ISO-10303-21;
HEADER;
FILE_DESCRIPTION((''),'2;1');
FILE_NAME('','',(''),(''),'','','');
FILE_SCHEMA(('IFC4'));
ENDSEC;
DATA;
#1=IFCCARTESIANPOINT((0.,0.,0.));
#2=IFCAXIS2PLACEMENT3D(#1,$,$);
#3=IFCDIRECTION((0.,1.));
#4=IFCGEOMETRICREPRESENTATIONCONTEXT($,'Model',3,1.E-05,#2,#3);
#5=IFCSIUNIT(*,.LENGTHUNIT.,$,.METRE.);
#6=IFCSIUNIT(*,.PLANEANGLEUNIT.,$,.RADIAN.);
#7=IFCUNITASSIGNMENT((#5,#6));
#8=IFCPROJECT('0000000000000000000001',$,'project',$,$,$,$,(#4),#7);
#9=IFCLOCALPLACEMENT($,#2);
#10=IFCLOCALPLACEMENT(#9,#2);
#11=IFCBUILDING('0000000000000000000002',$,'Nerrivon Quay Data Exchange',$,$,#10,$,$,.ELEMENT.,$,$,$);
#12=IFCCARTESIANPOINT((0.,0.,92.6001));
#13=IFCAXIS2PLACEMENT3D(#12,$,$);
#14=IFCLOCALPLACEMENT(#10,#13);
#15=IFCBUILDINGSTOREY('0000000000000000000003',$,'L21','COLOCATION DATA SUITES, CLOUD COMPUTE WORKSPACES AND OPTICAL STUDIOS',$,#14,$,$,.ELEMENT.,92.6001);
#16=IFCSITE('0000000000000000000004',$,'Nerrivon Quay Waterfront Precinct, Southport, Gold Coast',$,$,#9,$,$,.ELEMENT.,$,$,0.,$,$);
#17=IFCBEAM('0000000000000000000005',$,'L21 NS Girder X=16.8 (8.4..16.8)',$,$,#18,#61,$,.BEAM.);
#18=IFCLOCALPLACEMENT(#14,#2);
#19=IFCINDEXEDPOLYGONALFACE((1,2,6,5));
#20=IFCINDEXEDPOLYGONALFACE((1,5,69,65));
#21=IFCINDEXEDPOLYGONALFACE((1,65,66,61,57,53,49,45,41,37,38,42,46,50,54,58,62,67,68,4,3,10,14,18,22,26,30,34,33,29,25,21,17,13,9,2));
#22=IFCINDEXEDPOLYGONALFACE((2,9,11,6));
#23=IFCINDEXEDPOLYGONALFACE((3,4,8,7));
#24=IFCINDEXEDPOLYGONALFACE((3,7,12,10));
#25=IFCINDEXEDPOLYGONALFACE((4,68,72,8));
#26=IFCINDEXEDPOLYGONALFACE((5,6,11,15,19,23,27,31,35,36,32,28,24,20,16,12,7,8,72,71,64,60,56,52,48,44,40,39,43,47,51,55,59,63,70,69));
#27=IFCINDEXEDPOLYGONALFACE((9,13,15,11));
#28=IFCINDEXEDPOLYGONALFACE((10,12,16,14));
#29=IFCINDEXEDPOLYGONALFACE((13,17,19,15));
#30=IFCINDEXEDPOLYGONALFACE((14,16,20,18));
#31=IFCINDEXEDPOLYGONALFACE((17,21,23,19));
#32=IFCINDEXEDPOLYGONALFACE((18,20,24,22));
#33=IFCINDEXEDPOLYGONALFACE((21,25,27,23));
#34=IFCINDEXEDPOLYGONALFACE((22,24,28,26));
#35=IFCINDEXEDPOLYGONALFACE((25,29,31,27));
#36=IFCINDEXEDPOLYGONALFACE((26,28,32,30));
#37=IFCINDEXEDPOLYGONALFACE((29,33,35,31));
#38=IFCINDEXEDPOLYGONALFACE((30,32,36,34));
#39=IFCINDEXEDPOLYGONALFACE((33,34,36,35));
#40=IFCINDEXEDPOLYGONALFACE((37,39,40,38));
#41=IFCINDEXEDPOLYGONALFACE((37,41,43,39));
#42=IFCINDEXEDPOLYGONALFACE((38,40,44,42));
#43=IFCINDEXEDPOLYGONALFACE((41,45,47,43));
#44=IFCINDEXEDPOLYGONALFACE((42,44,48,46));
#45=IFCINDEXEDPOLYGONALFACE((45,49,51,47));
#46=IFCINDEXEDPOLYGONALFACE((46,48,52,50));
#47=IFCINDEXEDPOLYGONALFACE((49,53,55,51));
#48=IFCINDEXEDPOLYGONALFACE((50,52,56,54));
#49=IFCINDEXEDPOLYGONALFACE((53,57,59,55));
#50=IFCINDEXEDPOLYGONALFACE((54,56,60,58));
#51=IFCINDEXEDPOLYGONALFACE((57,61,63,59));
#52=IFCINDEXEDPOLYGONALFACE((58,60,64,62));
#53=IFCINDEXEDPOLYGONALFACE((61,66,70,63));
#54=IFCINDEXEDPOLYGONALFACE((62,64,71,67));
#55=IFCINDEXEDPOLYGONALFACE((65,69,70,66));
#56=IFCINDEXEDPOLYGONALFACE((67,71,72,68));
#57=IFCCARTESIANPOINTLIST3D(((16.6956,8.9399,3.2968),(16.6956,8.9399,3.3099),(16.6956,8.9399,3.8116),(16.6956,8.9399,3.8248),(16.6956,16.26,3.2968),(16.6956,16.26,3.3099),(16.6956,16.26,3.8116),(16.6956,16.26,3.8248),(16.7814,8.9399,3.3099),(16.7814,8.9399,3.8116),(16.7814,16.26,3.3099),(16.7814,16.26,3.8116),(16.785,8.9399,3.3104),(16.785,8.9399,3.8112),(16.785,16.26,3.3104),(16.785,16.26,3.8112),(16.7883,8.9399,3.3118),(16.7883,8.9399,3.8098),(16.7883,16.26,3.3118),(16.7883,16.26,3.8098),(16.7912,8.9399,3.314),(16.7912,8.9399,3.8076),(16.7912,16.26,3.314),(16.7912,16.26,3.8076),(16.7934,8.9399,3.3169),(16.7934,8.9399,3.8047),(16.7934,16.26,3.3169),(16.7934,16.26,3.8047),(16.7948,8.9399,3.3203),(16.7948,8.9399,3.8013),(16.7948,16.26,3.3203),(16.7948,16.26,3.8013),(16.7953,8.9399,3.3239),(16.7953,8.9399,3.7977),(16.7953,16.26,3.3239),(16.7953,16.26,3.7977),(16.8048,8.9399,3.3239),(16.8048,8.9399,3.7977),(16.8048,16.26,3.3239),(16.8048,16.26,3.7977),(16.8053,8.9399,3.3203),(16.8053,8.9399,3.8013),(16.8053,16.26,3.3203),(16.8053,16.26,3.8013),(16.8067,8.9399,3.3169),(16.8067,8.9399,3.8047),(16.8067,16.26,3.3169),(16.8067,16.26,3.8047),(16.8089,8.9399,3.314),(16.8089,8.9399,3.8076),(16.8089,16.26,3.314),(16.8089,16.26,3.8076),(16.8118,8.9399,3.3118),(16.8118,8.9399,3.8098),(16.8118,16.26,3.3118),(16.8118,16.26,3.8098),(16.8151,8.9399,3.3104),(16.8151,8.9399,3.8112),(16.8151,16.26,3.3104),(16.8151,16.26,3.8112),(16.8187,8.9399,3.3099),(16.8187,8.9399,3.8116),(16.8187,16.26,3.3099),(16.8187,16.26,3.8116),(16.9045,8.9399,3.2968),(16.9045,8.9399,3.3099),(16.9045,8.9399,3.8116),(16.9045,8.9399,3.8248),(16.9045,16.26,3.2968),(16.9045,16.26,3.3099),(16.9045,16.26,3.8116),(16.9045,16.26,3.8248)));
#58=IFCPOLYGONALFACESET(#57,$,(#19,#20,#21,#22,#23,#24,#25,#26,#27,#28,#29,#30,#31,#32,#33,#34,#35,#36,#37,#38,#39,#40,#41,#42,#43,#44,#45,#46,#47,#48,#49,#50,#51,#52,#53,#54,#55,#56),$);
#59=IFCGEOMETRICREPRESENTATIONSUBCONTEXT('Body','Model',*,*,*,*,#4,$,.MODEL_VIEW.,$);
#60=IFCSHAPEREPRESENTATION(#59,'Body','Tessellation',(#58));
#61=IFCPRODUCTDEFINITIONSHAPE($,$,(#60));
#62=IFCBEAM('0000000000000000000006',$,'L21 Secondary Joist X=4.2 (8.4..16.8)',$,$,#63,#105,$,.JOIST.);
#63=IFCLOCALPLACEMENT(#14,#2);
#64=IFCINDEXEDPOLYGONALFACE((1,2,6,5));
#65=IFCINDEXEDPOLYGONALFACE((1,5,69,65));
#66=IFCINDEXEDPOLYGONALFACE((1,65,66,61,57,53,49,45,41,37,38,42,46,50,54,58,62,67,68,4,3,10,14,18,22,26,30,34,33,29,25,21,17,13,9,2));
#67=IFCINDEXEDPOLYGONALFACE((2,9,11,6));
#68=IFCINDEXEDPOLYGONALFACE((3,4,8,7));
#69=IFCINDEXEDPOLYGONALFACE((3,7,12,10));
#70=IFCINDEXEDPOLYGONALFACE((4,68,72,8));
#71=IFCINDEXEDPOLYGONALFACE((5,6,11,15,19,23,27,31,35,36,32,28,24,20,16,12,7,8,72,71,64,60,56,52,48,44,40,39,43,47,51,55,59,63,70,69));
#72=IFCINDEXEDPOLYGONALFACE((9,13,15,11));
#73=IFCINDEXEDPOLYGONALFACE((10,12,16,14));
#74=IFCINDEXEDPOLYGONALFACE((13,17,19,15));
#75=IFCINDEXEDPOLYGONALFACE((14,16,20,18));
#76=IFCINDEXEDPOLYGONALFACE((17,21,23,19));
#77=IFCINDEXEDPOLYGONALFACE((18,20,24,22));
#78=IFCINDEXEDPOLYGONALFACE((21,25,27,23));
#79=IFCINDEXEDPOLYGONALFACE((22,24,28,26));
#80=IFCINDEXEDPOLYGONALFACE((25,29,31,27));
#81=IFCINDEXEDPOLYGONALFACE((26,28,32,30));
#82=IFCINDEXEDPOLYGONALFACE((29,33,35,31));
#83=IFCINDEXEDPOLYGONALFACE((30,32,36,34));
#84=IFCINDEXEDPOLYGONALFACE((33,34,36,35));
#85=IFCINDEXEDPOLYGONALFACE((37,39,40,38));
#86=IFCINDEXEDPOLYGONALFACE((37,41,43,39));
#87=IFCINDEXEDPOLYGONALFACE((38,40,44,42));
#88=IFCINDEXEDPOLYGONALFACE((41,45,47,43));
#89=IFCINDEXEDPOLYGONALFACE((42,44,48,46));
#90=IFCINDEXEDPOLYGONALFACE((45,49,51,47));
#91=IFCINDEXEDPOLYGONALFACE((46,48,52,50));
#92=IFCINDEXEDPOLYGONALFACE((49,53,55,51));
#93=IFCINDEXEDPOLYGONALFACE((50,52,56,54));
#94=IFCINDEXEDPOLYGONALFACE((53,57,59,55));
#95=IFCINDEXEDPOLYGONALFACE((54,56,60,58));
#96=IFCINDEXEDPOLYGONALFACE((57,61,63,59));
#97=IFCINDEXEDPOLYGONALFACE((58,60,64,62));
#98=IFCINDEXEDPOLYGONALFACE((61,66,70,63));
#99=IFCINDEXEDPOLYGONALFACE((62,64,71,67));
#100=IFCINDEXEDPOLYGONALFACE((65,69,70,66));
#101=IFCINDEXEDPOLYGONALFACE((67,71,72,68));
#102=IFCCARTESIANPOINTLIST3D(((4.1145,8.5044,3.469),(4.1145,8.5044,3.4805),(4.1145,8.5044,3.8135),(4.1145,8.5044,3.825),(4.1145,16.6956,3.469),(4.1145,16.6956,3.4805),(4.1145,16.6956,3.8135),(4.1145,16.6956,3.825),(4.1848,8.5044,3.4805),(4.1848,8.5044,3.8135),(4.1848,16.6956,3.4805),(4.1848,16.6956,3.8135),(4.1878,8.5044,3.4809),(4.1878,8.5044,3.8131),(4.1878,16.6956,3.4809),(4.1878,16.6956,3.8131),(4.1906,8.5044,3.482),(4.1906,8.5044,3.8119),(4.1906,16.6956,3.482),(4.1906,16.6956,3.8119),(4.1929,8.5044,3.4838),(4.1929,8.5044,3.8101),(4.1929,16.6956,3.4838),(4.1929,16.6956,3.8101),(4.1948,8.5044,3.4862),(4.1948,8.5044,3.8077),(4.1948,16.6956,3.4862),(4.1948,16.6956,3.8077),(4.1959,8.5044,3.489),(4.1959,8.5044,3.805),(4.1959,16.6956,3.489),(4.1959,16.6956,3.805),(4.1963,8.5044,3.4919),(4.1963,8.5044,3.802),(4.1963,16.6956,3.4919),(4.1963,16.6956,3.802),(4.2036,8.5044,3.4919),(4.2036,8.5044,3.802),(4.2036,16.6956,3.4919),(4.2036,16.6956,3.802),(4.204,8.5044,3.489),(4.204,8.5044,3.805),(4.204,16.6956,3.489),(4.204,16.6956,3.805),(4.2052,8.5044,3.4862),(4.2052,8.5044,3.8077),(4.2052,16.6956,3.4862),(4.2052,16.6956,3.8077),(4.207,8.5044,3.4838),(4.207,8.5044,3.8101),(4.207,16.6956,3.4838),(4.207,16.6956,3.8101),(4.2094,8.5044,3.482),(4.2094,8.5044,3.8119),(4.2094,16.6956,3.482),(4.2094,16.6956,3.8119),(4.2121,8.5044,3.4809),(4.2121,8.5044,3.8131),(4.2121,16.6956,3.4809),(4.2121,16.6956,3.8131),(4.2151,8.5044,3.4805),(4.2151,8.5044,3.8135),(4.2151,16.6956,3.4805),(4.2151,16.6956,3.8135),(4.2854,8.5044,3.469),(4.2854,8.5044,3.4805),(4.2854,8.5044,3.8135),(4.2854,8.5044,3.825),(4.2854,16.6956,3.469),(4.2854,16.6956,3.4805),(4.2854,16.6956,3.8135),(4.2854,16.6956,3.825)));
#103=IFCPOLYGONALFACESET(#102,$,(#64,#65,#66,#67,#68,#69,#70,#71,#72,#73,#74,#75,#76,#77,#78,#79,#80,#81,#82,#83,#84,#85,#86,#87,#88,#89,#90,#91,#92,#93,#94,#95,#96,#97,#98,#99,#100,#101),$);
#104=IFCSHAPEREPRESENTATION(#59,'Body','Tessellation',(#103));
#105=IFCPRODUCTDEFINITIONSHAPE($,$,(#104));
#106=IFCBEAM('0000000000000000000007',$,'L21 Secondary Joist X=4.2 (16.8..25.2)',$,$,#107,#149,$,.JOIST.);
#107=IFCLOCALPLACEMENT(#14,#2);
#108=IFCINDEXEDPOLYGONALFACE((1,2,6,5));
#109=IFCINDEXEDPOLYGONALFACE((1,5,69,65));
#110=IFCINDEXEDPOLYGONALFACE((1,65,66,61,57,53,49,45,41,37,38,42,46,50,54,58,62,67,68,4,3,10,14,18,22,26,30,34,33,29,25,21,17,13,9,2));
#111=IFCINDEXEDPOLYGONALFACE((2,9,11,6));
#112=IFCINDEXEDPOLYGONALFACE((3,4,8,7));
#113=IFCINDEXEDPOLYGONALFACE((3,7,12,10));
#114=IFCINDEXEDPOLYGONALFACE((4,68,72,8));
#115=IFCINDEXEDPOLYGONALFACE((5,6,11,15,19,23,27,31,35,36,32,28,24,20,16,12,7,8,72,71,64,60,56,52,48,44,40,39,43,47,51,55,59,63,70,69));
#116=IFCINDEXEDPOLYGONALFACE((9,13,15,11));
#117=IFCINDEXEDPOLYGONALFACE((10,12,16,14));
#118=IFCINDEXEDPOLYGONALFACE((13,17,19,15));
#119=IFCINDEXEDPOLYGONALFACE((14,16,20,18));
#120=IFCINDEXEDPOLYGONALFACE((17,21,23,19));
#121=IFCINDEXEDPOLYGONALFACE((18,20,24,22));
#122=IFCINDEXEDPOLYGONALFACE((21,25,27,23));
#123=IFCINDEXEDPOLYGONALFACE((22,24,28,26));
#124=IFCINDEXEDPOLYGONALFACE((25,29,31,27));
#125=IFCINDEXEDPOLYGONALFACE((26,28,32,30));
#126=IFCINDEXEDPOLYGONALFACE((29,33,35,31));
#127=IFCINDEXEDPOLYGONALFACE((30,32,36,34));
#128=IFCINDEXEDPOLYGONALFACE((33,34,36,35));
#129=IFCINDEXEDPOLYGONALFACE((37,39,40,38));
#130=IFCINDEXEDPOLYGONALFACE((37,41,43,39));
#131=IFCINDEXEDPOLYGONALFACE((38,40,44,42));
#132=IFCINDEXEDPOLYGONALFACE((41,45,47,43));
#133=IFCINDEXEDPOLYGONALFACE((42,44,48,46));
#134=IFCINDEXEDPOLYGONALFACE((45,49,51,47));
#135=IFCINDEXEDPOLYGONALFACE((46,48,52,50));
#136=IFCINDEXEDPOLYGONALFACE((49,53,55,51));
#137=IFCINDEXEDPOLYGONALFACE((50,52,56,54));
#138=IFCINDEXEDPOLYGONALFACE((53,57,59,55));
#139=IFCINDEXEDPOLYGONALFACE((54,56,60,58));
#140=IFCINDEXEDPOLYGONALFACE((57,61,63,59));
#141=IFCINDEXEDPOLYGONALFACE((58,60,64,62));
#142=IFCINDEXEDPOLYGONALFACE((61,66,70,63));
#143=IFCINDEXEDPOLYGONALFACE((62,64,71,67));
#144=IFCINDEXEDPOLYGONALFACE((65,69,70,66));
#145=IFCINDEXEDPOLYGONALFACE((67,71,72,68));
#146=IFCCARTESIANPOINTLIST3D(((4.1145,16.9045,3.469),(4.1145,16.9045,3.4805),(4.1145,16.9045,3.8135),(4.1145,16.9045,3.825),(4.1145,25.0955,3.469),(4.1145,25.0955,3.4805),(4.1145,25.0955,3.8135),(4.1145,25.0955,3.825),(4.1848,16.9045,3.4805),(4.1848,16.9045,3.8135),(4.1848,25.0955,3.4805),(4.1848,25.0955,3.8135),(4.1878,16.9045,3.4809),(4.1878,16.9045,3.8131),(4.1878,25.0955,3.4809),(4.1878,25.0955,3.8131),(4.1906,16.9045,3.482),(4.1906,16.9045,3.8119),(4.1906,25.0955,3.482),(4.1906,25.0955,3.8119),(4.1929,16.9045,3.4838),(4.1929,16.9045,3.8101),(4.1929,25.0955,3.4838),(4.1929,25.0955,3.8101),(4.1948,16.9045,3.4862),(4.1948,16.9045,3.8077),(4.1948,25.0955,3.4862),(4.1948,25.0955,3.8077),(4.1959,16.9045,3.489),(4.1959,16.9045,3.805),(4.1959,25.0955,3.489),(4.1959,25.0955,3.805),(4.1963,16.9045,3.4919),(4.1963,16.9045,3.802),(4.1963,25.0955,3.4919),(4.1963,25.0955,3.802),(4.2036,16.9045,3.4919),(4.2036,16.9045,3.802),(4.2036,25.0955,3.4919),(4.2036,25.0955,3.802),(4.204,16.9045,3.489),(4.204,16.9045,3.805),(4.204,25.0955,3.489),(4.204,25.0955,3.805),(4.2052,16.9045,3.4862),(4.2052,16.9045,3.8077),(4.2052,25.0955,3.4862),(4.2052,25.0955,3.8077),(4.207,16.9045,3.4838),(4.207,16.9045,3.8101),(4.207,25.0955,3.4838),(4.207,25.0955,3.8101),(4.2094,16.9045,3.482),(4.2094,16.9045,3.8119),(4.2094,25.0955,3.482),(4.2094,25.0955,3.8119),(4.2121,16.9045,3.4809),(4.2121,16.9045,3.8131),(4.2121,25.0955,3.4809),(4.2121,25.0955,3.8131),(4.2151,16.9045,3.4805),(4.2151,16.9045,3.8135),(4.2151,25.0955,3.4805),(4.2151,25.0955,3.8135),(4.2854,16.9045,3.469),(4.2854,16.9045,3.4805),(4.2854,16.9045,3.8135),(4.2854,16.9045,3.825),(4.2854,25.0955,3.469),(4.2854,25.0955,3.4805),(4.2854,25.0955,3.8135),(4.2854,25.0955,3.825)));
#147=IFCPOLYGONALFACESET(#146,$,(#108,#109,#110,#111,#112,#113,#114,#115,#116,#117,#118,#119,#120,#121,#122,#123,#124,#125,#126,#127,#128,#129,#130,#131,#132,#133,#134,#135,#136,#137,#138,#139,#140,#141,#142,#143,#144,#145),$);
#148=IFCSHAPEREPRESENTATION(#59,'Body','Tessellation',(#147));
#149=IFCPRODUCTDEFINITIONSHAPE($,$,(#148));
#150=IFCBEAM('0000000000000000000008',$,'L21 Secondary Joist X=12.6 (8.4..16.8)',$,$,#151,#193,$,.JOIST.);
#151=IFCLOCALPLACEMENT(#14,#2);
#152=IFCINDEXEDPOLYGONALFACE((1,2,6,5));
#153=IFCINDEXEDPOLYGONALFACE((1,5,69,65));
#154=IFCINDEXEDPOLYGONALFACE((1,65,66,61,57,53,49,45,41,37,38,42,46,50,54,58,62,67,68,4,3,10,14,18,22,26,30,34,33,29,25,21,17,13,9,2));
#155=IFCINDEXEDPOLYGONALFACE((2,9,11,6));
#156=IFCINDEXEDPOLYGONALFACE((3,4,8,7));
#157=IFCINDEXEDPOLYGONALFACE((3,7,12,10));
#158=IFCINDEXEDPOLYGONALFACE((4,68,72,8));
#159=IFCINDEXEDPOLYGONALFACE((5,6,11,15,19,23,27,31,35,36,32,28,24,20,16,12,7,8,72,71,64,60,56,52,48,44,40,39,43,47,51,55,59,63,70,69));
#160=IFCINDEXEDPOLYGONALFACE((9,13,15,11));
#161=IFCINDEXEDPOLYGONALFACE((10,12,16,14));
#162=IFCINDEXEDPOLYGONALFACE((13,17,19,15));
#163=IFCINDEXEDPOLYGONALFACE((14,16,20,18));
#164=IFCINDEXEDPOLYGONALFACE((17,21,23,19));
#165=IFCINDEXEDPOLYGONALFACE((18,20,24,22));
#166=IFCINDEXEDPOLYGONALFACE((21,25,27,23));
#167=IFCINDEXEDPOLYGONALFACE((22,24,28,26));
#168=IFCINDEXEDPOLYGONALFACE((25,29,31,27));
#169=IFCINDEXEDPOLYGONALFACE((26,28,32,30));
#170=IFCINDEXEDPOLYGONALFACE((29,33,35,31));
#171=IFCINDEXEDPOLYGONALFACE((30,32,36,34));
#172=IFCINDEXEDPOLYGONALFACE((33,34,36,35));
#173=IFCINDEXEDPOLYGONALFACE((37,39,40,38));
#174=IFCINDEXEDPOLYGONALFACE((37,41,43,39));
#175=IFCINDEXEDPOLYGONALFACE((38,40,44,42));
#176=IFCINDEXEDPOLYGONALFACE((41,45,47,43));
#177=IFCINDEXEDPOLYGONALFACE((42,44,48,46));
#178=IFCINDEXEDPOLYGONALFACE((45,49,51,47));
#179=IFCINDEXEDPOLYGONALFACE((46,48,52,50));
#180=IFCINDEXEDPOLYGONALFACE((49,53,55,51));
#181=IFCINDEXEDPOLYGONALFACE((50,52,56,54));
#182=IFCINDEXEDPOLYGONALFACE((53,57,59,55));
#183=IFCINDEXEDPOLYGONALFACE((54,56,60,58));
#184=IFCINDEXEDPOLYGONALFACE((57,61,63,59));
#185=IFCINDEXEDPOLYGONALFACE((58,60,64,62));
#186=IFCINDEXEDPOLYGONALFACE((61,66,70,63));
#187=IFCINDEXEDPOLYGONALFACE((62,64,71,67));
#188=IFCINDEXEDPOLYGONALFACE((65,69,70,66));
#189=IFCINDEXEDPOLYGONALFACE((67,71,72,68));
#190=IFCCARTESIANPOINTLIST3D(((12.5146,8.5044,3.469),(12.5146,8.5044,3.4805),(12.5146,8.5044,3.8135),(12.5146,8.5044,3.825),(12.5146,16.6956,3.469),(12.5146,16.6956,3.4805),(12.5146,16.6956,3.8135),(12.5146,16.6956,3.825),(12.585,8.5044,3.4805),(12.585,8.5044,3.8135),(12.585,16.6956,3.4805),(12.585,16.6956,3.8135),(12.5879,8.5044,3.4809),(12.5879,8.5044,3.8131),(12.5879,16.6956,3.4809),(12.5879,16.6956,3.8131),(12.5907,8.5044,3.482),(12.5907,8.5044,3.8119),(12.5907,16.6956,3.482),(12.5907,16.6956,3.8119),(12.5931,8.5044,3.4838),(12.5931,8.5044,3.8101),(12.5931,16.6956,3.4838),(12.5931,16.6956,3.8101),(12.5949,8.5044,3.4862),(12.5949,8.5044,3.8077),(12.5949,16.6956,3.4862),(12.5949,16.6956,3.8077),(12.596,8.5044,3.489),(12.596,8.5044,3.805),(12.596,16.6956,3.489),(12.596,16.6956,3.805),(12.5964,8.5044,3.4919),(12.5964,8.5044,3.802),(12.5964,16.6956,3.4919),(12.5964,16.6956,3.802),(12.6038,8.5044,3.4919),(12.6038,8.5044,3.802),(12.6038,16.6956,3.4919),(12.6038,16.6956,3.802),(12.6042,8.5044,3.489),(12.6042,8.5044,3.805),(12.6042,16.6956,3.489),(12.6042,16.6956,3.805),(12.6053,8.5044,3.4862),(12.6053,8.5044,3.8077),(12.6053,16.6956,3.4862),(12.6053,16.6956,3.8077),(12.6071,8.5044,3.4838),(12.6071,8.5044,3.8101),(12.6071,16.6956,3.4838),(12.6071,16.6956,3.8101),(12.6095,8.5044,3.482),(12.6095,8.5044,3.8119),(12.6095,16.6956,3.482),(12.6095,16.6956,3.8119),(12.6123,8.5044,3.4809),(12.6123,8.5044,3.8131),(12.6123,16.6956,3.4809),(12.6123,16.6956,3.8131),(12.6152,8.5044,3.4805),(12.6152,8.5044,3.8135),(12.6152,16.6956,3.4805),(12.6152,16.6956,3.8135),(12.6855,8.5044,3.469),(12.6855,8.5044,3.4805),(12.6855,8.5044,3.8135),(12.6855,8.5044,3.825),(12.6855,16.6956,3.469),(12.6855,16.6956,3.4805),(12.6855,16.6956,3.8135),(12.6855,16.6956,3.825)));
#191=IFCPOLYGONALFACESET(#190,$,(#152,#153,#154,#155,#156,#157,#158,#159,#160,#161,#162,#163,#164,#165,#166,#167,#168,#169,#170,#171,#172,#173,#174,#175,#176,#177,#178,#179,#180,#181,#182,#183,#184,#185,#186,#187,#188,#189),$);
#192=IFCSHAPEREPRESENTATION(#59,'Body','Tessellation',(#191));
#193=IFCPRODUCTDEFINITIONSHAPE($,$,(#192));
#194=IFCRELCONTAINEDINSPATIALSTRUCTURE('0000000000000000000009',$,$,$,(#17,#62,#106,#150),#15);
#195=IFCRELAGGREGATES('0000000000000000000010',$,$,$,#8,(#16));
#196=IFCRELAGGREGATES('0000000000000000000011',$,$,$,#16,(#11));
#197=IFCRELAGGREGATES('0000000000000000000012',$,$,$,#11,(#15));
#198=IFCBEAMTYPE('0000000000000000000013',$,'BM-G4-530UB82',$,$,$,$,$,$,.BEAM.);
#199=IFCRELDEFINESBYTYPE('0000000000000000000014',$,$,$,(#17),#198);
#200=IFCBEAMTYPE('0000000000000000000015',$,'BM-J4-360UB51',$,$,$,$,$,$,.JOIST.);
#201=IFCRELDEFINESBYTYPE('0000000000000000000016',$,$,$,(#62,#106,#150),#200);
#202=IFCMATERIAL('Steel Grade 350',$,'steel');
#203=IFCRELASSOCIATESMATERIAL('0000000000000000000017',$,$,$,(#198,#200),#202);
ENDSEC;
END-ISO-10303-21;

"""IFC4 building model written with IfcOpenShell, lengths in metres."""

from ifc_helpers import new_model, si_unit, direction, frame, origin, origin_2d, place, context, subcontext, project, spatial, i_section, extrude, material, material_profile, profile_set, type_object, element, save


model = new_model("IFC4")

# Units and contexts
model_context = context("Model", 3, precision=1e-05, world=origin(), true_north=direction((0.0, 1.0)))
body_context = subcontext(model_context, "Body", "Model", "MODEL_VIEW")
ifc_project = project(units=[si_unit("LENGTHUNIT", "METRE"), si_unit("PLANEANGLEUNIT", "RADIAN")], contexts=[model_context])

# Site, building, storey
site_placement = place(None, origin())
site = spatial("IfcSite", under=ifc_project, at=site_placement, Name="Nerrivon Quay Waterfront Precinct, Southport, Gold Coast", CompositionType="ELEMENT", RefElevation=0.0)
building_placement = place(site_placement, origin())
building = spatial("IfcBuilding", under=site, at=building_placement, Name="Nerrivon Quay Data Exchange", CompositionType="ELEMENT")
storey_placement = place(building_placement, frame((0.0, 0.0, 92.6001)))
storey = spatial("IfcBuildingStorey", under=building, at=storey_placement, Name="L21", Description="COLOCATION DATA SUITES, CLOUD COMPUTE WORKSPACES AND OPTICAL STUDIOS", CompositionType="ELEMENT", Elevation=92.6001)

# Shared definitions
ifc_material_1 = material(Name="Steel Grade 350", Category="steel")

# Beams
ifc_material_profile_1 = material_profile(ifc_material_1, i_section(OverallWidth=0.209, OverallDepth=0.5281, WebThickness=0.0095, FlangeThickness=0.0132, FilletRadius=0.0139, at=origin_2d()), Name="530UB82.0")
ifc_profile_set_1 = profile_set([ifc_material_profile_1], Name="Steel Grade 350")
beam_type_1 = type_object("IfcBeamType", Name="BM-G4-530UB82", PredefinedType="BEAM", material=ifc_profile_set_1)
beam_1_placement = place(storey_placement, frame((16.8, 8.9399, 3.5608), z_axis=(0.0, 1.0, 0.0), x_axis=(-1.0, 0.0, 0.0)))
element("IfcBeam", 1, at=beam_1_placement, inside=storey, type_object=beam_type_1, Name="L21 NS Girder X=16.8 (8.4..16.8)", PredefinedType="BEAM", context=body_context, shape_type="SweptSolid", body=[
    extrude(i_section(OverallWidth=0.209, OverallDepth=0.5281, WebThickness=0.0095, FlangeThickness=0.0132, FilletRadius=0.0139, at=origin_2d()), origin(), (0.0, 0.0, 1.0), 7.3201),
])
ifc_material_profile_2 = material_profile(ifc_material_1, i_section(OverallWidth=0.1709, OverallDepth=0.356, WebThickness=0.0073, FlangeThickness=0.0115, FilletRadius=0.0115, at=origin_2d()), Name="360UB50.7")
ifc_profile_set_2 = profile_set([ifc_material_profile_2], Name="Steel Grade 350")
beam_type_2 = type_object("IfcBeamType", Name="BM-J4-360UB51", PredefinedType="JOIST", material=ifc_profile_set_2)
beam_2_placement = place(storey_placement, frame((4.2, 8.5044, 3.647), z_axis=(0.0, 1.0, 0.0), x_axis=(-1.0, 0.0, 0.0)))
element("IfcBeam", 2, at=beam_2_placement, inside=storey, type_object=beam_type_2, Name="L21 Secondary Joist X=4.2 (8.4..16.8)", PredefinedType="JOIST", context=body_context, shape_type="SweptSolid", body=[
    extrude(i_section(OverallWidth=0.1709, OverallDepth=0.356, WebThickness=0.0073, FlangeThickness=0.0115, FilletRadius=0.0115, at=origin_2d()), origin(), (0.0, 0.0, 1.0), 8.1912),
])
beam_3_placement = place(storey_placement, frame((4.2, 16.9045, 3.647), z_axis=(0.0, 1.0, 0.0), x_axis=(-1.0, 0.0, 0.0)))
element("IfcBeam", 3, at=beam_3_placement, inside=storey, type_object=beam_type_2, Name="L21 Secondary Joist X=4.2 (16.8..25.2)", PredefinedType="JOIST", context=body_context, shape_type="SweptSolid", body=[
    extrude(i_section(OverallWidth=0.1709, OverallDepth=0.356, WebThickness=0.0073, FlangeThickness=0.0115, FilletRadius=0.0115, at=origin_2d()), origin(), (0.0, 0.0, 1.0), 8.1909),
])
beam_4_placement = place(storey_placement, frame((12.6001, 8.5044, 3.647), z_axis=(0.0, 1.0, 0.0), x_axis=(-1.0, 0.0, 0.0)))
element("IfcBeam", 4, at=beam_4_placement, inside=storey, type_object=beam_type_2, Name="L21 Secondary Joist X=12.6 (8.4..16.8)", PredefinedType="JOIST", context=body_context, shape_type="SweptSolid", body=[
    extrude(i_section(OverallWidth=0.1709, OverallDepth=0.356, WebThickness=0.0073, FlangeThickness=0.0115, FilletRadius=0.0115, at=origin_2d()), origin(), (0.0, 0.0, 1.0), 8.1912),
])

save(model, "model.ifc")
